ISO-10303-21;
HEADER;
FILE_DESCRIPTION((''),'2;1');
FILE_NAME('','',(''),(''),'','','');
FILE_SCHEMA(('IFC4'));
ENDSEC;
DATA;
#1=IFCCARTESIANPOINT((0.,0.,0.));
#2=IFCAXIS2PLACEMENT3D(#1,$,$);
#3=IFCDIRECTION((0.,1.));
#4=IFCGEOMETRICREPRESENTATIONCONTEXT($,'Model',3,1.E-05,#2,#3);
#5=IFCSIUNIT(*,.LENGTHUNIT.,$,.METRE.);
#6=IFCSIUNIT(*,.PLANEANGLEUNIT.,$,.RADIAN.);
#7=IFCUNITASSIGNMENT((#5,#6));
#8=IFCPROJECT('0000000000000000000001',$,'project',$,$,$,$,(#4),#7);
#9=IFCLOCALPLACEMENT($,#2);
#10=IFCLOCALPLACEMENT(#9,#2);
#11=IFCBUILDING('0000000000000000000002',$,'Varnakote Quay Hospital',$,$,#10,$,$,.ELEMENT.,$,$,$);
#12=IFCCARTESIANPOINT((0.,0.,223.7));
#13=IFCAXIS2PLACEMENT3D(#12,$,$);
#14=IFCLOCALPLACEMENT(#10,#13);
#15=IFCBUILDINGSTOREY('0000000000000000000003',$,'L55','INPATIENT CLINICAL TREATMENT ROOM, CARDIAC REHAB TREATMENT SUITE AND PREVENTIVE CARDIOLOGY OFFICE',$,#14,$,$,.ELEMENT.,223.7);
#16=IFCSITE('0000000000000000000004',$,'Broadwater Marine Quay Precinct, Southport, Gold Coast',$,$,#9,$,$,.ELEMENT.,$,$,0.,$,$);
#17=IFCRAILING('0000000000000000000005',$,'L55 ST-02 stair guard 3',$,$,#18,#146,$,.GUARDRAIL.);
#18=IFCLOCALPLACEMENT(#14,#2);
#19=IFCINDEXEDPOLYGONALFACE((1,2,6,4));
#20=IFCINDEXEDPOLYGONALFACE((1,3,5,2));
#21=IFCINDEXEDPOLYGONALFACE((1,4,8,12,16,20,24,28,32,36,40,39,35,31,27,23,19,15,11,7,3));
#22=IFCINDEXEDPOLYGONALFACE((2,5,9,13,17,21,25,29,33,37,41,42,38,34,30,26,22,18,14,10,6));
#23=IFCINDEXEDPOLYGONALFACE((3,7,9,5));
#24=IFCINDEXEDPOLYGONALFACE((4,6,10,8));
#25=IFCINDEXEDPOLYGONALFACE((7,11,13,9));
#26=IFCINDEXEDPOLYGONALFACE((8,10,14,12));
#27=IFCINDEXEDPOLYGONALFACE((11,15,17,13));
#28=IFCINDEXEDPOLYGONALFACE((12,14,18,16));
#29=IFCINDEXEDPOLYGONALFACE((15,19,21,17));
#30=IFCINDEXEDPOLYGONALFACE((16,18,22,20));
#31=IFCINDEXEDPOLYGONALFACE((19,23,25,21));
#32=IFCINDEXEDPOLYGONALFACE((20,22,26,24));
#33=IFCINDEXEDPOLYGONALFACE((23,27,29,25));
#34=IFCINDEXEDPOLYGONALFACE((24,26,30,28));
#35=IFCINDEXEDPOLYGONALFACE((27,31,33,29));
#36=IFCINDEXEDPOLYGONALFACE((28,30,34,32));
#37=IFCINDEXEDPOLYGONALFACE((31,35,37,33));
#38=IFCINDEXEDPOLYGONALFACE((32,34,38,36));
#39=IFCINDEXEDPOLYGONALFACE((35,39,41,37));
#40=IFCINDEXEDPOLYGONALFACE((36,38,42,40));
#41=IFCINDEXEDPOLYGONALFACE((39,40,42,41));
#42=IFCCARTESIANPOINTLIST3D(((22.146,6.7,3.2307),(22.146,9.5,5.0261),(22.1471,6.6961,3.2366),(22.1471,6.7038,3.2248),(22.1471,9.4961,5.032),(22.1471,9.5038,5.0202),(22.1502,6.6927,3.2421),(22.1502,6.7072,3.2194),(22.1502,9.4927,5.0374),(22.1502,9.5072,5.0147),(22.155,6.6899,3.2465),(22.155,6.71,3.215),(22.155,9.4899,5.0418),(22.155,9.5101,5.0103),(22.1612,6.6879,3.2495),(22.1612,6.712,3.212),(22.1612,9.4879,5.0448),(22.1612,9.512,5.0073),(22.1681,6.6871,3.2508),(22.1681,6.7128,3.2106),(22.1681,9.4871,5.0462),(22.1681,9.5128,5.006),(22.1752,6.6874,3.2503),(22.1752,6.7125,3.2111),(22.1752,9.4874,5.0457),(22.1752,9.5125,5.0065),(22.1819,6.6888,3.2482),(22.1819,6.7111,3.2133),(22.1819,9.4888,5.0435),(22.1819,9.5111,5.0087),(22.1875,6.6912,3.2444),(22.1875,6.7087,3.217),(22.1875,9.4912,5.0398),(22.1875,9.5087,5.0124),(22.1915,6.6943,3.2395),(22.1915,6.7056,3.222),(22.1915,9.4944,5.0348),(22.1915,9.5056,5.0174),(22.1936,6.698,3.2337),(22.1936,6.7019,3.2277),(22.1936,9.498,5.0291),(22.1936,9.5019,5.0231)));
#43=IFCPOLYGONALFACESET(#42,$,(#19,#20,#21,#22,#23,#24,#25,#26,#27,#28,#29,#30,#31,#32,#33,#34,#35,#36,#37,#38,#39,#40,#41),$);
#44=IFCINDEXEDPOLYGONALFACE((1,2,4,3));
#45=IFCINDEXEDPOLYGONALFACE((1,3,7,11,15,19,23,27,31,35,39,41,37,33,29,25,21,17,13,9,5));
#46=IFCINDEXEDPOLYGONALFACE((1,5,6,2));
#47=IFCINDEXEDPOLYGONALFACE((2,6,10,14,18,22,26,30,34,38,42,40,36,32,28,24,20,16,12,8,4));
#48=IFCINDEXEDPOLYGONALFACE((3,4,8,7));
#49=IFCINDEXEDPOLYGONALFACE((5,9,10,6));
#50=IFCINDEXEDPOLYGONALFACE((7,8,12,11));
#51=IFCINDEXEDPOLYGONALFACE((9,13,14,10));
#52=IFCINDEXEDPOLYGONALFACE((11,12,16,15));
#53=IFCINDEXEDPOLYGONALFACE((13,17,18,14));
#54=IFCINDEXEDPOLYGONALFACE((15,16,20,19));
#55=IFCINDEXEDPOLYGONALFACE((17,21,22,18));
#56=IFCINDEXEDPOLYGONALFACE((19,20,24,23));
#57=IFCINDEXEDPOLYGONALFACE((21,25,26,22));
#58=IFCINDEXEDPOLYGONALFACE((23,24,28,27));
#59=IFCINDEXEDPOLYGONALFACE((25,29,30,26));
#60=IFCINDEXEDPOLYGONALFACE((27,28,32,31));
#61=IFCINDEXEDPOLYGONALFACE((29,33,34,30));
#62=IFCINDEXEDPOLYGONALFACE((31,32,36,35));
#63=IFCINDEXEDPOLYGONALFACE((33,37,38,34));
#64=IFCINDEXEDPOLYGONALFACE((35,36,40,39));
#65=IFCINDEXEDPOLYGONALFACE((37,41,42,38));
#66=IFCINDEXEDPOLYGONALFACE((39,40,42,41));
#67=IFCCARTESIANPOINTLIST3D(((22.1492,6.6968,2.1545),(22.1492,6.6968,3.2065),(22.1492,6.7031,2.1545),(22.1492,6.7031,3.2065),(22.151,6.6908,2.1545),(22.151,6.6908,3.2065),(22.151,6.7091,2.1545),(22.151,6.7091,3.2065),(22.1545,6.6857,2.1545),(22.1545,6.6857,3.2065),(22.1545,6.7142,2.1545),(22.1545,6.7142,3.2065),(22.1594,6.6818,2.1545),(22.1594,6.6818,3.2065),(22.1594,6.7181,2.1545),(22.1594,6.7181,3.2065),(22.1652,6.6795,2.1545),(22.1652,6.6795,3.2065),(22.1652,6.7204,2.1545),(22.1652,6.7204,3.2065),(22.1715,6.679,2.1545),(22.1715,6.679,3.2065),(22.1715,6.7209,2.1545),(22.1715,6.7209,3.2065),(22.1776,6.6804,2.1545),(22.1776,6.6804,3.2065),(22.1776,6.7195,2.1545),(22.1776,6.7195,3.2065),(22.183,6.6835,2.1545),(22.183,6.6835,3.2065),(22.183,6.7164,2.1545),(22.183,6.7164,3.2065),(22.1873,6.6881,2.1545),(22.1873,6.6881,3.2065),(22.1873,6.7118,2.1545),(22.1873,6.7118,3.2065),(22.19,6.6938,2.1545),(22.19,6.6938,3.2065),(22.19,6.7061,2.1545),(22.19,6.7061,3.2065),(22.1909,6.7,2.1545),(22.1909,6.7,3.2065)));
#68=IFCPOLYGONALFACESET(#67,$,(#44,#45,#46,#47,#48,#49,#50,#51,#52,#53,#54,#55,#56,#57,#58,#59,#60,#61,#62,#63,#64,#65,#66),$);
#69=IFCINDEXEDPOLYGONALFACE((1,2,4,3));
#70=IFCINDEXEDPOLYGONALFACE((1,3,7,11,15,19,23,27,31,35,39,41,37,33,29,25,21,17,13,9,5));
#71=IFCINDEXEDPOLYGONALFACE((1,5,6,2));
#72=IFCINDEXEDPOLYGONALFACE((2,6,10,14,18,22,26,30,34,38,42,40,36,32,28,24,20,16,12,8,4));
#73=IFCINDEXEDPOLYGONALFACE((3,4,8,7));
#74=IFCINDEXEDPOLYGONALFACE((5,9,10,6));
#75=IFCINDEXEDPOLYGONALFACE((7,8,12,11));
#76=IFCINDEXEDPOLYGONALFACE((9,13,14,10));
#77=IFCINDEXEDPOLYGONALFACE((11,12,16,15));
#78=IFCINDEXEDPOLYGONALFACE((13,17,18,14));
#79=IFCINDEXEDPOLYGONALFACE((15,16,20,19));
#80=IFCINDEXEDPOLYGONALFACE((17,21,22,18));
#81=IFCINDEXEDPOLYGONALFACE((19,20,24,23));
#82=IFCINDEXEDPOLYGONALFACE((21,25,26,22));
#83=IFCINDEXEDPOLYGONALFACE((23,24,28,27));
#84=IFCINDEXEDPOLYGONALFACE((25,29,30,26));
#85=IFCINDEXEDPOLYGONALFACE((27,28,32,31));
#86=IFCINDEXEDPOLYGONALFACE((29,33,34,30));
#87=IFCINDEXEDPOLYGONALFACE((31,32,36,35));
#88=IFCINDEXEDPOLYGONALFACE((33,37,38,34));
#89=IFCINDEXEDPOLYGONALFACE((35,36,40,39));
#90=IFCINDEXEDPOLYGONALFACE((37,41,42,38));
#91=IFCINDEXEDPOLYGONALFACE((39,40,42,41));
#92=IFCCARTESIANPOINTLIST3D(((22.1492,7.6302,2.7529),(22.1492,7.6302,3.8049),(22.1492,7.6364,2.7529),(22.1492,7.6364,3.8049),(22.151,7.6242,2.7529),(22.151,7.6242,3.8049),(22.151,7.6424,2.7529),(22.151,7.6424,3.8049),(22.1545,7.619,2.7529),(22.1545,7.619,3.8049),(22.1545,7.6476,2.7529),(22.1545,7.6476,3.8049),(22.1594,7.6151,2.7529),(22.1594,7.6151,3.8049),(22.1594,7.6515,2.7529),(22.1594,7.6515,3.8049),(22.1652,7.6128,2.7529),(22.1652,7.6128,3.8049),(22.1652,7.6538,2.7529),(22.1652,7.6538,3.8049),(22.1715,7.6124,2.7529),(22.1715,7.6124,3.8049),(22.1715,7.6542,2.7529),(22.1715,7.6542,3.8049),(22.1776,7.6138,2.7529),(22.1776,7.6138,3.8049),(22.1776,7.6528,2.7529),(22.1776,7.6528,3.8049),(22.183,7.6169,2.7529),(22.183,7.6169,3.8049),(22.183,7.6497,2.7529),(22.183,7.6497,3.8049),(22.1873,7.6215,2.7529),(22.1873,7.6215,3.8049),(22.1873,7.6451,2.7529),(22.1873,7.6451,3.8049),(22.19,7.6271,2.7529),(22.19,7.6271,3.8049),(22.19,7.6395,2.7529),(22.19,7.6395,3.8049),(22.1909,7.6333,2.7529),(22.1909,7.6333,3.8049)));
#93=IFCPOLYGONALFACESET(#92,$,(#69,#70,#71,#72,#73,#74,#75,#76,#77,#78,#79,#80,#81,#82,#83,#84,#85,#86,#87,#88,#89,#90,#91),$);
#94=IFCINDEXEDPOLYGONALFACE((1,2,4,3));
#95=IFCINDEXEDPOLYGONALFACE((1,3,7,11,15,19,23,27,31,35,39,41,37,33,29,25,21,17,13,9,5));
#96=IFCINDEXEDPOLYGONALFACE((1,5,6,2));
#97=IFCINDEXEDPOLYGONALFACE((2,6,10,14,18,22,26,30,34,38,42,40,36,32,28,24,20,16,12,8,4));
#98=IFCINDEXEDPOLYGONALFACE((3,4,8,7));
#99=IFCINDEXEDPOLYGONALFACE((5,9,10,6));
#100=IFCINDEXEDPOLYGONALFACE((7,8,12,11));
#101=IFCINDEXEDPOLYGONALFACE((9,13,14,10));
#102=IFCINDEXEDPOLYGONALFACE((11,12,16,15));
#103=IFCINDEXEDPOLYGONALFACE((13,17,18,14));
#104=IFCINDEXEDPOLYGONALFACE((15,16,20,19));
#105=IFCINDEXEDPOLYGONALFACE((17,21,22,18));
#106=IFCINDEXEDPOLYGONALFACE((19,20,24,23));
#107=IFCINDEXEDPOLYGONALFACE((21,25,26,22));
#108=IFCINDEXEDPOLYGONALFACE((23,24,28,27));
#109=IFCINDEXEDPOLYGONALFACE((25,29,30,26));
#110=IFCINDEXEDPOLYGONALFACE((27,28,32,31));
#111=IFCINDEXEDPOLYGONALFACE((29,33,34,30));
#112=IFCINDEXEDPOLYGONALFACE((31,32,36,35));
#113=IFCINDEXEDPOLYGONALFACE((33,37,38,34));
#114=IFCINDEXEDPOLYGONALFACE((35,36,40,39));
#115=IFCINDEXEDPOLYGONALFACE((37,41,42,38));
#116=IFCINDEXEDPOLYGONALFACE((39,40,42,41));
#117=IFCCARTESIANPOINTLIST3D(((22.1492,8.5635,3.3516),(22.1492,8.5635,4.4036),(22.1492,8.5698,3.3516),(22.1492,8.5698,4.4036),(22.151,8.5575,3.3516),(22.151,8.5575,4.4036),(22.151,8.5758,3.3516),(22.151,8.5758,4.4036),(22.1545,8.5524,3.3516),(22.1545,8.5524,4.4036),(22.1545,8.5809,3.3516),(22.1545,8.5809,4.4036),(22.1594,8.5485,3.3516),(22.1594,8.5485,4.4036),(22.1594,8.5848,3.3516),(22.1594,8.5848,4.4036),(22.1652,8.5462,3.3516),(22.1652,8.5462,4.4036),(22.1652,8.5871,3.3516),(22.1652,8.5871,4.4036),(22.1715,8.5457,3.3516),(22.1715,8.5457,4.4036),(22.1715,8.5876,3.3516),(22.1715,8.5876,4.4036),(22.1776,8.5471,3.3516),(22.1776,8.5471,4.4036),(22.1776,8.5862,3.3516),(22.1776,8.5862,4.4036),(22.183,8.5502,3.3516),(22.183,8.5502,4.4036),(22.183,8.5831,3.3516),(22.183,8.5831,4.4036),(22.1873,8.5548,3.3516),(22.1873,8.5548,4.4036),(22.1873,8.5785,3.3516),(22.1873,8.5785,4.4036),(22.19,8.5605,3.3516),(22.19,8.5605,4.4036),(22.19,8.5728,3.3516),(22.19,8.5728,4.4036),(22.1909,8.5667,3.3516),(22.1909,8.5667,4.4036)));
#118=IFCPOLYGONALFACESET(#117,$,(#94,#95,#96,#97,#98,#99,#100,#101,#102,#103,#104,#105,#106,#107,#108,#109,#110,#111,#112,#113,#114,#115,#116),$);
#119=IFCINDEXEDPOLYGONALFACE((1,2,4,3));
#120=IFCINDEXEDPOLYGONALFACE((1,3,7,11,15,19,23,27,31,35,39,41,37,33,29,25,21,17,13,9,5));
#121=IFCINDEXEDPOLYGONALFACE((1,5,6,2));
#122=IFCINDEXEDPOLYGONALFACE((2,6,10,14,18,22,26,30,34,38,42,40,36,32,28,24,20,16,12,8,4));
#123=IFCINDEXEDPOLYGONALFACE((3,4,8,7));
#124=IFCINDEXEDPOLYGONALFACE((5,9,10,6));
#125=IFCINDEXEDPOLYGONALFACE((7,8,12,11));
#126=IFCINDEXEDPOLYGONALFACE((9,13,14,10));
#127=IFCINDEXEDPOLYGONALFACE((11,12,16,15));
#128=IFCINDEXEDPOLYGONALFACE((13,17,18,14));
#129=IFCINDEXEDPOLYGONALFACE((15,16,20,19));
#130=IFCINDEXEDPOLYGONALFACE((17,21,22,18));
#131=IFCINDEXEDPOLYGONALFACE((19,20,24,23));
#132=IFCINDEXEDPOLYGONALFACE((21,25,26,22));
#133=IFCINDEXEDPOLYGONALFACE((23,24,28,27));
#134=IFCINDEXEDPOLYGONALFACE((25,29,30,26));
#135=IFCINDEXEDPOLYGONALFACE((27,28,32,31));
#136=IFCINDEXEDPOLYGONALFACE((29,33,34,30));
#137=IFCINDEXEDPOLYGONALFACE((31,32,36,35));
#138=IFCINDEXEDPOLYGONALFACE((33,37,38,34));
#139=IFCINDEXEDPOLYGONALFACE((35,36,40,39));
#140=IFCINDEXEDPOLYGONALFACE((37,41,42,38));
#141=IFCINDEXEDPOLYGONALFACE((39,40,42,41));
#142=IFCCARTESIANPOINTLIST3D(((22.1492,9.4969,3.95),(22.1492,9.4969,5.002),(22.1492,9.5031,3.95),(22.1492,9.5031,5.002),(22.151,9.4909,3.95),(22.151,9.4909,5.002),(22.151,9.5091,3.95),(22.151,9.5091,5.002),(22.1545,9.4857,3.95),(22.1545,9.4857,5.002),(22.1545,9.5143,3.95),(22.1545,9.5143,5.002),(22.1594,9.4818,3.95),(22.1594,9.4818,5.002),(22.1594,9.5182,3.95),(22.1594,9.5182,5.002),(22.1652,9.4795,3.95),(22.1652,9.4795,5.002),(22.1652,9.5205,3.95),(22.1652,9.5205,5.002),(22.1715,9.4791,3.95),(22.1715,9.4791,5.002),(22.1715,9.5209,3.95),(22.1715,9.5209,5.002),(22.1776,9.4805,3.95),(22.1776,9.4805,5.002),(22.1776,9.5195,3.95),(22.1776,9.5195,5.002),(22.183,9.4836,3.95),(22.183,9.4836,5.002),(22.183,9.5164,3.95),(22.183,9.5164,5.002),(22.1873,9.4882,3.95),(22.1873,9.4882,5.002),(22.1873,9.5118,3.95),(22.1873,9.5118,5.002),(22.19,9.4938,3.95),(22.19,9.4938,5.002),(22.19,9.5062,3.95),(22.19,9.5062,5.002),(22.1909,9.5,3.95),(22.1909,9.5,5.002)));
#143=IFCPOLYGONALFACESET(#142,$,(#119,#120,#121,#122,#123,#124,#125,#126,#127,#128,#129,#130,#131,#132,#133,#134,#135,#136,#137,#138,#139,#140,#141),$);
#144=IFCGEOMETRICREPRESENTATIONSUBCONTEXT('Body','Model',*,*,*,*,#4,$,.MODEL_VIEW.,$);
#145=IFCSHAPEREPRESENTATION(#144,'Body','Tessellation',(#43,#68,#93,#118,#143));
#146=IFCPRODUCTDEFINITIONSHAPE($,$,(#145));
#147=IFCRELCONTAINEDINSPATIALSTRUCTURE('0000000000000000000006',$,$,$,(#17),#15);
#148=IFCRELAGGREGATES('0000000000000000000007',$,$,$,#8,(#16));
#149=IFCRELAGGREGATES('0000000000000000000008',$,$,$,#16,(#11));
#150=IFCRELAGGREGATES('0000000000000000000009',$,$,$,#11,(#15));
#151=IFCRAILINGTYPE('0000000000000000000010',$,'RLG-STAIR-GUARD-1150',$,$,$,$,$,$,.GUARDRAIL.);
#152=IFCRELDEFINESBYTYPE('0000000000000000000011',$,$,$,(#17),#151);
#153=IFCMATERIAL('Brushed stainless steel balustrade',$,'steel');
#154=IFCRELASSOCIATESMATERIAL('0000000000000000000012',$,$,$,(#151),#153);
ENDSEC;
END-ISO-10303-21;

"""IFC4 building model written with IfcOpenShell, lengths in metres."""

from ifc_helpers import new_model, si_unit, direction, frame, origin, origin_2d, place, context, subcontext, project, spatial, circle, extrude, material, type_object, element, save


model = new_model("IFC4")

# Units and contexts
model_context = context("Model", 3, precision=1e-05, world=origin(), true_north=direction((0.0, 1.0)))
body_context = subcontext(model_context, "Body", "Model", "MODEL_VIEW")
ifc_project = project(units=[si_unit("LENGTHUNIT", "METRE"), si_unit("PLANEANGLEUNIT", "RADIAN")], contexts=[model_context])

# Site, building, storey
site_placement = place(None, origin())
site = spatial("IfcSite", under=ifc_project, at=site_placement, Name="Broadwater Marine Quay Precinct, Southport, Gold Coast", CompositionType="ELEMENT", RefElevation=0.0)
building_placement = place(site_placement, origin())
building = spatial("IfcBuilding", under=site, at=building_placement, Name="Varnakote Quay Hospital", CompositionType="ELEMENT")
storey_placement = place(building_placement, frame((0.0, 0.0, 223.7)))
storey = spatial("IfcBuildingStorey", under=building, at=storey_placement, Name="L55", Description="INPATIENT CLINICAL TREATMENT ROOM, CARDIAC REHAB TREATMENT SUITE AND PREVENTIVE CARDIOLOGY OFFICE", CompositionType="ELEMENT", Elevation=223.7)

# Railing
ifc_material_1 = material(Name="Brushed stainless steel balustrade", Category="steel")
railing_type_1 = type_object("IfcRailingType", Name="RLG-STAIR-GUARD-1150", PredefinedType="GUARDRAIL", material=ifc_material_1)
railing_1_placement = place(storey_placement, frame((22.1699, 6.7, 2.1545)))
element("IfcRailing", 1, at=railing_1_placement, inside=storey, type_object=railing_type_1, Name="L55 ST-02 stair guard 3", PredefinedType="GUARDRAIL", context=body_context, shape_type="SweptSolid", body=[
    extrude(circle(Radius=0.0239, at=origin_2d()), frame((0.0, 0.0, 1.0762), z_axis=(0.0, 0.84181, 0.539774), x_axis=(-1.0, 0.0, 0.0)), (0.0, 0.0, 1.0), 3.3262),
    extrude(circle(Radius=0.021, at=origin_2d()), origin(), (0.0, 0.0, 1.0), 1.052),
    extrude(circle(Radius=0.021, at=origin_2d()), frame((0.0, 0.9333, 0.5984)), (0.0, 0.0, 1.0), 1.052),
    extrude(circle(Radius=0.021, at=origin_2d()), frame((0.0, 1.8667, 1.197)), (0.0, 0.0, 1.0), 1.052),
    extrude(circle(Radius=0.021, at=origin_2d()), frame((0.0, 2.8, 1.7954)), (0.0, 0.0, 1.0), 1.052),
])

save(model, "model.ifc")
